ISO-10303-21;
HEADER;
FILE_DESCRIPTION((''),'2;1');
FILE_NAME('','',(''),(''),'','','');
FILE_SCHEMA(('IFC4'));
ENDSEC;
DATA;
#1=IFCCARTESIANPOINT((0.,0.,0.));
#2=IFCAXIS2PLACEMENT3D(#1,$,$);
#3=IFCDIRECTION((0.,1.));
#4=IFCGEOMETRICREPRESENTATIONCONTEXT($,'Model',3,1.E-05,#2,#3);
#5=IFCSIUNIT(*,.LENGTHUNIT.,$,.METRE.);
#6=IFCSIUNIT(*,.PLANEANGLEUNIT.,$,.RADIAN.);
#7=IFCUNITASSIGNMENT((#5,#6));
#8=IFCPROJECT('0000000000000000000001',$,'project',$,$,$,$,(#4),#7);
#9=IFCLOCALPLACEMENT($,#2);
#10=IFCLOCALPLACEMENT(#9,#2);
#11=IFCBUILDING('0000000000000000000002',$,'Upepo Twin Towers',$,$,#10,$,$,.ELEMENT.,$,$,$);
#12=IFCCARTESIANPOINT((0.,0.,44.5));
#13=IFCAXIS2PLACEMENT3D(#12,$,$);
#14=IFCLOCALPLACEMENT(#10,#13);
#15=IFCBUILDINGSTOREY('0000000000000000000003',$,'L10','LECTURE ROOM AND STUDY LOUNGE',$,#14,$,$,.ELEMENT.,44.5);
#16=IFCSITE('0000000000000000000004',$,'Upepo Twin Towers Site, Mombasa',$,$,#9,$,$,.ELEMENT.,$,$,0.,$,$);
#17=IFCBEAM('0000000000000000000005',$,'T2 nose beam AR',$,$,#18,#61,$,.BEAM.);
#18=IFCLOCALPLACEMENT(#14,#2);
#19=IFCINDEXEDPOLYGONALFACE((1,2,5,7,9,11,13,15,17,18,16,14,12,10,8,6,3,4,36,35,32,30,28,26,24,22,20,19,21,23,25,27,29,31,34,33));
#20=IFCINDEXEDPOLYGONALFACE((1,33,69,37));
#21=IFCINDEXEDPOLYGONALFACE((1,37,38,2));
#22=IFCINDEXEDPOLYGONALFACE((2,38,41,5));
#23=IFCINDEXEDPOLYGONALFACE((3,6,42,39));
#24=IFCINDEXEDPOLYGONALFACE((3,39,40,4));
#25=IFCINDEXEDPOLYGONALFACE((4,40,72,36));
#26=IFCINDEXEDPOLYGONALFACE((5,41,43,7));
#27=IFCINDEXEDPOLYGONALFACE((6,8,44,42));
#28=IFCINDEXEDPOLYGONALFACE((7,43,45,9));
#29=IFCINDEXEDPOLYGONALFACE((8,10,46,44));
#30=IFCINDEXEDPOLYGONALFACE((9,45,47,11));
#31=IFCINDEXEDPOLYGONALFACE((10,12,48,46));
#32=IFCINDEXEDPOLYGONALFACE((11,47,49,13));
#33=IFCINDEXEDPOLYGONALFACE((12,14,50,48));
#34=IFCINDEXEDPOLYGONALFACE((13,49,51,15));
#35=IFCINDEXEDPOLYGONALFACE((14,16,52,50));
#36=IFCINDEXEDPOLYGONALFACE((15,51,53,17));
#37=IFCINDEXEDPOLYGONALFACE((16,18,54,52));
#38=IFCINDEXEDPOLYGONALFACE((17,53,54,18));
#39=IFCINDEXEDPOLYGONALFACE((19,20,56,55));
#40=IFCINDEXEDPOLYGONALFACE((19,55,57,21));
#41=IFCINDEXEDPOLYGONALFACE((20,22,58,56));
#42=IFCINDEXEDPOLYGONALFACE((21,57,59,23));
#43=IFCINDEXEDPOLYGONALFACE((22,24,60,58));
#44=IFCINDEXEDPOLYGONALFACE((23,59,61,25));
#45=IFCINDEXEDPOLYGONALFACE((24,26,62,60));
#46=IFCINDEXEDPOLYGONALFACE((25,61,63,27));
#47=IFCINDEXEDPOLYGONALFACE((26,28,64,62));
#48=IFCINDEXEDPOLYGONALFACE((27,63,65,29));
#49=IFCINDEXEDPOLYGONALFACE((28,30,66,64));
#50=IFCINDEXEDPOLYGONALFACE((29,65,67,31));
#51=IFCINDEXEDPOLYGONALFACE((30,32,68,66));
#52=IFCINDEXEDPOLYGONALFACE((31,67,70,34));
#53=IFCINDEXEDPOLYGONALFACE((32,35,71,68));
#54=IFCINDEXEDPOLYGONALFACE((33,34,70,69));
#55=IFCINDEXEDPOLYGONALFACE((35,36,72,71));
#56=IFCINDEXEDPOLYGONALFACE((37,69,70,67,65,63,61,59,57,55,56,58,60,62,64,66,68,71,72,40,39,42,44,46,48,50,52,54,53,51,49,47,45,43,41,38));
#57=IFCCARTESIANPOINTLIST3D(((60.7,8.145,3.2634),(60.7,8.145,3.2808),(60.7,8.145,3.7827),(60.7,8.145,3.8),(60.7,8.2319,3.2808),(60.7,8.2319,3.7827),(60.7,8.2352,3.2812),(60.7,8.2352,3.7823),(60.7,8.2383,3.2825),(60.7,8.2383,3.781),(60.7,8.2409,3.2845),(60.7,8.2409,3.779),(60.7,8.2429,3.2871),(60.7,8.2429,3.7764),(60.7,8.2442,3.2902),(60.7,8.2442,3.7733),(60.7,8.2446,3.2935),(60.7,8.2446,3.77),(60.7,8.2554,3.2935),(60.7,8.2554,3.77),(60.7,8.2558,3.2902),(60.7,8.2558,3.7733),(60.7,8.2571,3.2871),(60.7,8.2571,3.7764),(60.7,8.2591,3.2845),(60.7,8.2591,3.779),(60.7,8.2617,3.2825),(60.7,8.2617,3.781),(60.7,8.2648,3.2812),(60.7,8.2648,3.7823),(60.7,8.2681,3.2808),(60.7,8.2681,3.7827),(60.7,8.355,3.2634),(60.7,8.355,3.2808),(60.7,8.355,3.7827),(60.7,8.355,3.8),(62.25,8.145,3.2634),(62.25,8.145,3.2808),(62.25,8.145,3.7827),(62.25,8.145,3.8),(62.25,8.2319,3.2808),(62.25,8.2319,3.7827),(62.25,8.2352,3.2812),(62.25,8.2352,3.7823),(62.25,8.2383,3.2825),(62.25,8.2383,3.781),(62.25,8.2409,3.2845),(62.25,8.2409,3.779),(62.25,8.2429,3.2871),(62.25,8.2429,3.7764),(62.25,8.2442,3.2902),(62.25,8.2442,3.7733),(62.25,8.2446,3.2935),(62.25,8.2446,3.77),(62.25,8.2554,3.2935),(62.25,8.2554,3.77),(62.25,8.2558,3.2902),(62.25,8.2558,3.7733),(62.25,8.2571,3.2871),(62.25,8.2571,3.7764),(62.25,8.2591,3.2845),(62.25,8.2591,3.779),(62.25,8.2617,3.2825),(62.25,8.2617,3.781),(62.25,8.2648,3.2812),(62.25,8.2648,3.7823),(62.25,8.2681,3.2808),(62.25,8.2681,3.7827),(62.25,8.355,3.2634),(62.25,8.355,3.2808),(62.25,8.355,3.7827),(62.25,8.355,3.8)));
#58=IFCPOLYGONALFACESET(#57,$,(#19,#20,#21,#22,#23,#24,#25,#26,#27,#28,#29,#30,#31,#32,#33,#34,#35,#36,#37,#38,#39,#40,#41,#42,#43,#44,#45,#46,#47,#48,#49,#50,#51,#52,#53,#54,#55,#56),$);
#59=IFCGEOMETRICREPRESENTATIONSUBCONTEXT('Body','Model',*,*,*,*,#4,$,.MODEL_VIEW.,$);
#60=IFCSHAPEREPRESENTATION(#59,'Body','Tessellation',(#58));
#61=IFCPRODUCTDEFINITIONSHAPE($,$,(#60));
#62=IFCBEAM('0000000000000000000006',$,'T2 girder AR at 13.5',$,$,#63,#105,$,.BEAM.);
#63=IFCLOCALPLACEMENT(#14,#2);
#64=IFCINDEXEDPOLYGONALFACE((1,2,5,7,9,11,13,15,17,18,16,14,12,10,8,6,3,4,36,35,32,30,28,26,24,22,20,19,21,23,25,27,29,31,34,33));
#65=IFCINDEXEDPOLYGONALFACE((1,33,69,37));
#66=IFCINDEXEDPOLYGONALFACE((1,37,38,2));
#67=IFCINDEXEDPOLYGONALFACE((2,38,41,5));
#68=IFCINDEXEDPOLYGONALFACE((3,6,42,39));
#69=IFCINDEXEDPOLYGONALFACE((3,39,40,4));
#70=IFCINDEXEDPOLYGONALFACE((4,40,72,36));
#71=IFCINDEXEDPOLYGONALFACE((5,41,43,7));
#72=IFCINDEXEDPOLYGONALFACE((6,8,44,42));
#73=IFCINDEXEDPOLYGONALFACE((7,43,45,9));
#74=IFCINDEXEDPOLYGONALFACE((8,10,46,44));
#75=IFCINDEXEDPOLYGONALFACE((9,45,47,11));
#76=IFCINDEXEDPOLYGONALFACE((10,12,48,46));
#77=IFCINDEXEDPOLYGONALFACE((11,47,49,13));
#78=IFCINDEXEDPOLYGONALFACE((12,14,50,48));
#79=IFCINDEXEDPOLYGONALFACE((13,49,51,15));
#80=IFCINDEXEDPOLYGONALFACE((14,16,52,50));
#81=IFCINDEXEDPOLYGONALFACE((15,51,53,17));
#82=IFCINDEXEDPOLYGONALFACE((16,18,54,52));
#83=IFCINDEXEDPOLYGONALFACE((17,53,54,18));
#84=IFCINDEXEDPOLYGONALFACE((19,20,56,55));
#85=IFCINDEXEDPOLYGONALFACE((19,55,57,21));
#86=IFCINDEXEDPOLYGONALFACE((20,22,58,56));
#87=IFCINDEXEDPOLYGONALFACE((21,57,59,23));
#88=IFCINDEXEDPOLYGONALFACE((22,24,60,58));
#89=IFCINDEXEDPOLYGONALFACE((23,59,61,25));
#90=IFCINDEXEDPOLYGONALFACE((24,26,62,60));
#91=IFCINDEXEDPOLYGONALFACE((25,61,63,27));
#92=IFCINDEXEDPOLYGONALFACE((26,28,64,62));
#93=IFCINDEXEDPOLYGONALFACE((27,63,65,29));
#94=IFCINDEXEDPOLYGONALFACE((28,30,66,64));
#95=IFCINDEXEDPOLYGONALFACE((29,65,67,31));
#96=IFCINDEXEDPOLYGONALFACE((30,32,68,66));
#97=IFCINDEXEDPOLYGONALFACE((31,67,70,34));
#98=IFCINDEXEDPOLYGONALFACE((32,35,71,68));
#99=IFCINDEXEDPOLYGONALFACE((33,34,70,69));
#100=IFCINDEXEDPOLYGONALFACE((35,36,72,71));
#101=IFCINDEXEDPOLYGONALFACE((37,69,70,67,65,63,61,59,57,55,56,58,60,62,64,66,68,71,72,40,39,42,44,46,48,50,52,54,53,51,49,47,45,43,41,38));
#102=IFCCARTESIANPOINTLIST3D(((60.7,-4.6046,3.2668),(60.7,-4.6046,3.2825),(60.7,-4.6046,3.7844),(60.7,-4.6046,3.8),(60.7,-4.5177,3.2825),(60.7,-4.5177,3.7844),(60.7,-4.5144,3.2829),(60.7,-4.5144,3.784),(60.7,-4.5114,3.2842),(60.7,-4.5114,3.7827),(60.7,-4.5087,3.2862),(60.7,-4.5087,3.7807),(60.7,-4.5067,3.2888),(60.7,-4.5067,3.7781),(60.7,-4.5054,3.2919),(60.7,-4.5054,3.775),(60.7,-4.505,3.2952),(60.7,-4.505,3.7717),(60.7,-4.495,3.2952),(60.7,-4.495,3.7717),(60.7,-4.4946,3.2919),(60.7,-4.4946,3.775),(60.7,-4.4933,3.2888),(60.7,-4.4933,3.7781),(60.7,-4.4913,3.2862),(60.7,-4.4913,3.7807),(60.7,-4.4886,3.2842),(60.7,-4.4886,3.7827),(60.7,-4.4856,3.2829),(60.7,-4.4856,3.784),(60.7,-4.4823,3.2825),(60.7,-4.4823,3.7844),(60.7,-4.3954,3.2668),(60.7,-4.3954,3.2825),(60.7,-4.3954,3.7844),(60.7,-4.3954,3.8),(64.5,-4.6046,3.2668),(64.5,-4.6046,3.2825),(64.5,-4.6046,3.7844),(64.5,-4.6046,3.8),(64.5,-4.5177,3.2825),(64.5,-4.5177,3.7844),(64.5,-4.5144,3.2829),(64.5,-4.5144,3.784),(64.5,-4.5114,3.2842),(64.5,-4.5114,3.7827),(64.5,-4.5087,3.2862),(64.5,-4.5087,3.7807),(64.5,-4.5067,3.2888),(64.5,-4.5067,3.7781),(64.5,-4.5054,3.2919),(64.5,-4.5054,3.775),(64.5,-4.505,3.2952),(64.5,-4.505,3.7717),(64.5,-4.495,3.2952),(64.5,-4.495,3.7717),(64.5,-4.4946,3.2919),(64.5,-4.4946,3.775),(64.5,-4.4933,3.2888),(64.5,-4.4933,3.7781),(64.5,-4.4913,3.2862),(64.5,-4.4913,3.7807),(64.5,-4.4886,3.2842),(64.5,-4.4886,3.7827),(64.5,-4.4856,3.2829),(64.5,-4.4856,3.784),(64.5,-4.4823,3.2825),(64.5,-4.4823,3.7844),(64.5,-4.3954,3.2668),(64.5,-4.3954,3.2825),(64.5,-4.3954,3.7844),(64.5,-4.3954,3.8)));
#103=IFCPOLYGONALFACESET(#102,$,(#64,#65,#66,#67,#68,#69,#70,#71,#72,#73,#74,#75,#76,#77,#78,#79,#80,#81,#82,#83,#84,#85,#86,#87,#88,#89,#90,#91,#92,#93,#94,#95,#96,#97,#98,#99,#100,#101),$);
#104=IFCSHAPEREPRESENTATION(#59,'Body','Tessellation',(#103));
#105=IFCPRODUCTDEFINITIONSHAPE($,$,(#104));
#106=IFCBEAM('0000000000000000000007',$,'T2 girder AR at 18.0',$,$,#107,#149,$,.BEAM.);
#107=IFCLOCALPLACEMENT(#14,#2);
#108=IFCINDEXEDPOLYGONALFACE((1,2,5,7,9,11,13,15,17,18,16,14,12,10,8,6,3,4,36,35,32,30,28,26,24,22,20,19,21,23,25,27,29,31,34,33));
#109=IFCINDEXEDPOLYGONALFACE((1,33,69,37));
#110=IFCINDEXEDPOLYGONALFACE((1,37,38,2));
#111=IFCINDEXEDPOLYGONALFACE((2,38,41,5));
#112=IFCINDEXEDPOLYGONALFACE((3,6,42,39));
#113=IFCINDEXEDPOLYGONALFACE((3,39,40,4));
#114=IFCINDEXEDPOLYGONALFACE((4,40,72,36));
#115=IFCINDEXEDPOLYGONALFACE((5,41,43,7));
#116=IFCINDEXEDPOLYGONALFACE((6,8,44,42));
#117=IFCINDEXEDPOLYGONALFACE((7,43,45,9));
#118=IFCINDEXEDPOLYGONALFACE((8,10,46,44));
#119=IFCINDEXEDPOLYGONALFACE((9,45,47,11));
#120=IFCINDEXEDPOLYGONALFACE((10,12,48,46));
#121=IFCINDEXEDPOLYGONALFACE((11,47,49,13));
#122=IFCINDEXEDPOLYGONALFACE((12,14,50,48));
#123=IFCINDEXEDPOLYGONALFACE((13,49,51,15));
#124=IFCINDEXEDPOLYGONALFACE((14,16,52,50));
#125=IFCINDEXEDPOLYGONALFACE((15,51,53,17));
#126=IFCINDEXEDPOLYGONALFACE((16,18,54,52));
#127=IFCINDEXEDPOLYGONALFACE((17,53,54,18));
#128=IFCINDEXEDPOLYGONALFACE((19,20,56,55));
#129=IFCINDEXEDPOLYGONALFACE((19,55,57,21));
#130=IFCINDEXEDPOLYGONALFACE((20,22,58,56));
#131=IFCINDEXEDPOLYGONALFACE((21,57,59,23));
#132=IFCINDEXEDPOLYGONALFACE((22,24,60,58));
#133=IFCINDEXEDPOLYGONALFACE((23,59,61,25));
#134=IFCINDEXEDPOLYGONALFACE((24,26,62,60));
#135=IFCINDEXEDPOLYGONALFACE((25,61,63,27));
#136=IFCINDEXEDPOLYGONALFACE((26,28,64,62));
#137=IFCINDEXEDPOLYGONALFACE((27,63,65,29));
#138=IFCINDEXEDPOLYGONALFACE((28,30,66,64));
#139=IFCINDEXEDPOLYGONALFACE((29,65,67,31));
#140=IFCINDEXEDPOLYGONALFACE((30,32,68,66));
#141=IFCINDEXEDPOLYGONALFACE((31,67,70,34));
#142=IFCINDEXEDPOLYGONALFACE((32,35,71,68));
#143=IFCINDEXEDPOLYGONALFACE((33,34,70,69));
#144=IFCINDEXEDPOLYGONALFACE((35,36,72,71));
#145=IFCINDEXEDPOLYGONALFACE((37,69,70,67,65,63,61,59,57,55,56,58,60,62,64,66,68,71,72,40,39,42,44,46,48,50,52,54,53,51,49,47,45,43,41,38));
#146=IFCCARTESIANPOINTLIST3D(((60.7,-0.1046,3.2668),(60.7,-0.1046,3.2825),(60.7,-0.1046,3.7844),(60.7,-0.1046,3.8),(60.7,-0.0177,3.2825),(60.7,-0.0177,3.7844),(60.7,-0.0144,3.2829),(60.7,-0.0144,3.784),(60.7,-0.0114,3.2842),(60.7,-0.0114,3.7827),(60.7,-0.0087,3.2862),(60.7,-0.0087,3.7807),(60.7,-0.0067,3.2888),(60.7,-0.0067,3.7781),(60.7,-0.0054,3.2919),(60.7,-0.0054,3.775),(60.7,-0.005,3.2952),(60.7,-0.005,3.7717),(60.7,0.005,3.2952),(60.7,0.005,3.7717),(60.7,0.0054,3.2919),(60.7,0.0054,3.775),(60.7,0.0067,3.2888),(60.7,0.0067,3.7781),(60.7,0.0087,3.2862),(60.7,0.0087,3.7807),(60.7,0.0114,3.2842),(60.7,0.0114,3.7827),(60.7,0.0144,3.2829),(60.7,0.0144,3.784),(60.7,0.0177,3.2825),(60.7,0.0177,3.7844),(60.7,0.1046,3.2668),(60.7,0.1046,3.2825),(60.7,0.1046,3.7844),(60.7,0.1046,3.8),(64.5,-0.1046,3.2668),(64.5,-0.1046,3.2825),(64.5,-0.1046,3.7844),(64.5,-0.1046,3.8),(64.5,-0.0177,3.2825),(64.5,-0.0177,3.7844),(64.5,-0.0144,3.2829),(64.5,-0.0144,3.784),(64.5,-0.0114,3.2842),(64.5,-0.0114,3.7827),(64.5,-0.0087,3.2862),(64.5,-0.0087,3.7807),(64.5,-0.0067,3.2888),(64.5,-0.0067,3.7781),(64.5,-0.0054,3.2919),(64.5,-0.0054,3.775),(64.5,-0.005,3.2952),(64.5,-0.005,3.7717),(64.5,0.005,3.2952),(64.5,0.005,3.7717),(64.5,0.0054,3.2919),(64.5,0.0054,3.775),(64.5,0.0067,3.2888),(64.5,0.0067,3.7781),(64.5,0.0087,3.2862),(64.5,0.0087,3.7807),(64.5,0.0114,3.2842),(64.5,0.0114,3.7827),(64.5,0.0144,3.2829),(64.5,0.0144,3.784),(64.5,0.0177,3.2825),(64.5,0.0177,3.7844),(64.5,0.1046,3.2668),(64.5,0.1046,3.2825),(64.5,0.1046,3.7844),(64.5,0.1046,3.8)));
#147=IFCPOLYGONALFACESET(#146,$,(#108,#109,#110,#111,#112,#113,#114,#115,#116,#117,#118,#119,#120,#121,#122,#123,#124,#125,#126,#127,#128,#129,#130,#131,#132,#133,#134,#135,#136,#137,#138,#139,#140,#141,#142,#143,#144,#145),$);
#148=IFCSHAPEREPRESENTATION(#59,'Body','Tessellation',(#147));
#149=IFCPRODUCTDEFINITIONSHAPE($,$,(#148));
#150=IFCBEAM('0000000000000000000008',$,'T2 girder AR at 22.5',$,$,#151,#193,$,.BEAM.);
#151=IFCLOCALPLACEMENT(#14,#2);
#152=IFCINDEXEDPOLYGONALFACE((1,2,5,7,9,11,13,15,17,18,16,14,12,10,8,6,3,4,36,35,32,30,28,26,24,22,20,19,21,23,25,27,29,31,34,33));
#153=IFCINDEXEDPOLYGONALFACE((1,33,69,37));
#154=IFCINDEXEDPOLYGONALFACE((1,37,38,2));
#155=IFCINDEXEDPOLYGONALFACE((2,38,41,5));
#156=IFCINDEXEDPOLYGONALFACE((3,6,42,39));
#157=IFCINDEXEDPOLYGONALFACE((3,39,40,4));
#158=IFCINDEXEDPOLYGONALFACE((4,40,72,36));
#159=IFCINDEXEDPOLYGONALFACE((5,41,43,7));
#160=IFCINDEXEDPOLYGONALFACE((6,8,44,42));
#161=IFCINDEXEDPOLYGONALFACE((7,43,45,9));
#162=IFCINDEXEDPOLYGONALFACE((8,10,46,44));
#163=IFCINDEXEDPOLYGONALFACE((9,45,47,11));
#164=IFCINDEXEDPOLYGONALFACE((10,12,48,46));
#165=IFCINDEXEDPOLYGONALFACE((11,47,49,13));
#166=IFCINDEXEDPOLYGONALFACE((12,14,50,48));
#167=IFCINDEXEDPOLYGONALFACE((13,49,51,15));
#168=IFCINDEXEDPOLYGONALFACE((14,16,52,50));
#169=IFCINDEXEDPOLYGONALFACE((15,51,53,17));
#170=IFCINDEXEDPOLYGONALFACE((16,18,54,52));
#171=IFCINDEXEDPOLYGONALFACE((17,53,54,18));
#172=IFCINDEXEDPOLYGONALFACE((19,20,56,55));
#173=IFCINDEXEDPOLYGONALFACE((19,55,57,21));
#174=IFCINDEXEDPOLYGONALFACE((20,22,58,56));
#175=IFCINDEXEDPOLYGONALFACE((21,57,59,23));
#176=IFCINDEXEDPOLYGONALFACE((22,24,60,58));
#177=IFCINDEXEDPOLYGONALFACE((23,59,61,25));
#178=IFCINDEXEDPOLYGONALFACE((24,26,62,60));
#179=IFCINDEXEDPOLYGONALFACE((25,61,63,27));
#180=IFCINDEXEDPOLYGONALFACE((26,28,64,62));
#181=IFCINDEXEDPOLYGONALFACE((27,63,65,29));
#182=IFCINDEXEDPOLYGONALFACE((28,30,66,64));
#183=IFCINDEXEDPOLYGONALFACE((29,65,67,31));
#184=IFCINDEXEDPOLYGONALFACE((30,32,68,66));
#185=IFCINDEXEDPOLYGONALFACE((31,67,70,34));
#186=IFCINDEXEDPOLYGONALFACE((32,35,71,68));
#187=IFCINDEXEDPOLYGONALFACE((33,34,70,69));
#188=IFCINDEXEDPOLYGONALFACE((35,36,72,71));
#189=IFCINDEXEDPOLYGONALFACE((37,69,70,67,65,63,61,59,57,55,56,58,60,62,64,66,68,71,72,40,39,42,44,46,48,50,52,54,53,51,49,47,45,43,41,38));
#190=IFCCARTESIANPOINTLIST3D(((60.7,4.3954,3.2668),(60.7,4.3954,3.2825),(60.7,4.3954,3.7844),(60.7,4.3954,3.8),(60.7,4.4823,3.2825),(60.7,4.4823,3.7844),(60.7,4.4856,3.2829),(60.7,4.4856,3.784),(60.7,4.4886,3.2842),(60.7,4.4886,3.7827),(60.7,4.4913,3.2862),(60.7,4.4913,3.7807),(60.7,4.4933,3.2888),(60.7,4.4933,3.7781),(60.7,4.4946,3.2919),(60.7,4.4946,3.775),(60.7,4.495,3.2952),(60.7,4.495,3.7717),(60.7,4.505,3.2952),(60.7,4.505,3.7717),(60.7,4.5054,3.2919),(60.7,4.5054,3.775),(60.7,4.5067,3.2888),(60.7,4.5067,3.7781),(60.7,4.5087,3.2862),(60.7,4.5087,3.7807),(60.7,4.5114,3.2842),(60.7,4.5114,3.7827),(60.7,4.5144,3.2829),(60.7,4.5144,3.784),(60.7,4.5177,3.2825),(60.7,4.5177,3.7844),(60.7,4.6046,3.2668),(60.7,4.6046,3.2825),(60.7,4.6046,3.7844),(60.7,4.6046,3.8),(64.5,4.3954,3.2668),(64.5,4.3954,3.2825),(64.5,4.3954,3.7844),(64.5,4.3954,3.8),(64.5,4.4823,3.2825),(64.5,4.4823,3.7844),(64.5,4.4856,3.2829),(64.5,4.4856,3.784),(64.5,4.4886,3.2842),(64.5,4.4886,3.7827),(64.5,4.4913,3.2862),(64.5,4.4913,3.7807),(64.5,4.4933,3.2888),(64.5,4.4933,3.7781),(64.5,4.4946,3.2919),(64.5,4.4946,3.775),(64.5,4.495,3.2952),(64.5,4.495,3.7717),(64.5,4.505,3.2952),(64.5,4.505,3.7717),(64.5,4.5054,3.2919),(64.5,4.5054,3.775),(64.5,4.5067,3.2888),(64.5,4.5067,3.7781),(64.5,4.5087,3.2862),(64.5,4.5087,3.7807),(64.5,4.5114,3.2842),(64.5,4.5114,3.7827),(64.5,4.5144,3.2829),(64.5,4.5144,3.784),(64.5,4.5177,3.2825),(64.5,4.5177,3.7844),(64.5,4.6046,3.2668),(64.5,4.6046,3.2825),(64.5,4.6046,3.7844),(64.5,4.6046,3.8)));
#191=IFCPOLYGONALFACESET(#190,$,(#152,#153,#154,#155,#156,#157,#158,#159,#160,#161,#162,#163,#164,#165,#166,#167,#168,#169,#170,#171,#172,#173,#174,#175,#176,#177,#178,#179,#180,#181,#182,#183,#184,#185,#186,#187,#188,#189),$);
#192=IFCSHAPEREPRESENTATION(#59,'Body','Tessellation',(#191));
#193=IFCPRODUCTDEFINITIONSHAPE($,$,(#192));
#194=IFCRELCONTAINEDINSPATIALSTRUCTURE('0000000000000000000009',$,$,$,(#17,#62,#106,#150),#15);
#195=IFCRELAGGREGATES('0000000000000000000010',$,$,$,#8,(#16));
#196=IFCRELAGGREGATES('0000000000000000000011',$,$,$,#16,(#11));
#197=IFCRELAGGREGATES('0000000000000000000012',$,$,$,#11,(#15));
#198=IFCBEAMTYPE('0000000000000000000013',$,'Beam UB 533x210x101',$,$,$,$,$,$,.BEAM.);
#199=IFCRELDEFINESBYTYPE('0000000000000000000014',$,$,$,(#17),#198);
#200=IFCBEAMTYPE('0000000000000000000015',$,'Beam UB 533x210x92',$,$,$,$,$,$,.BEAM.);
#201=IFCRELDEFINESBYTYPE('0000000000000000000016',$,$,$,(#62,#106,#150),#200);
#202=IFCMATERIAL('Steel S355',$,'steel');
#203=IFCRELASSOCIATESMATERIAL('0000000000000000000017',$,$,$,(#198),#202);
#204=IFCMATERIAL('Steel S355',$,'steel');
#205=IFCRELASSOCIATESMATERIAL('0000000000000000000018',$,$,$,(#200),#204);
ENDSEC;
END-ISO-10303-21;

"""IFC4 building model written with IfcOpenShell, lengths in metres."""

from ifc_helpers import new_model, si_unit, direction, frame, origin, origin_2d, place, context, subcontext, project, spatial, i_section, extrude, material, material_profile, profile_set, type_object, element, save


model = new_model("IFC4")

# Units and contexts
model_context = context("Model", 3, precision=1e-05, world=origin(), true_north=direction((0.0, 1.0)))
body_context = subcontext(model_context, "Body", "Model", "MODEL_VIEW")
ifc_project = project(units=[si_unit("LENGTHUNIT", "METRE"), si_unit("PLANEANGLEUNIT", "RADIAN")], contexts=[model_context])

# Site, building, storey
site_placement = place(None, origin())
site = spatial("IfcSite", under=ifc_project, at=site_placement, Name="Upepo Twin Towers Site, Mombasa", CompositionType="ELEMENT", RefElevation=0.0)
building_placement = place(site_placement, origin())
building = spatial("IfcBuilding", under=site, at=building_placement, Name="Upepo Twin Towers", CompositionType="ELEMENT")
storey_placement = place(building_placement, frame((0.0, 0.0, 44.5)))
storey = spatial("IfcBuildingStorey", under=building, at=storey_placement, Name="L10", Description="LECTURE ROOM AND STUDY LOUNGE", CompositionType="ELEMENT", Elevation=44.5)

# Beams
ifc_material_1 = material(Name="Steel S355", Category="steel")
ifc_material_profile_1 = material_profile(ifc_material_1, i_section(OverallWidth=0.21, OverallDepth=0.5366, WebThickness=0.0107, FlangeThickness=0.0173, FilletRadius=0.0127, at=origin_2d()), Name="UB 533x210x101")
ifc_profile_set_1 = profile_set([ifc_material_profile_1], Name="Steel S355")
beam_type_1 = type_object("IfcBeamType", Name="Beam UB 533x210x101", PredefinedType="BEAM", material=ifc_profile_set_1)
beam_1_placement = place(storey_placement, frame((62.25, 8.25, 3.5317), z_axis=(-1.0, 0.0, 0.0), x_axis=(0.0, -1.0, 0.0)))
element("IfcBeam", 1, at=beam_1_placement, inside=storey, type_object=beam_type_1, Name="T2 nose beam AR", PredefinedType="BEAM", context=body_context, shape_type="SweptSolid", body=[
    extrude(i_section(OverallWidth=0.21, OverallDepth=0.5366, WebThickness=0.0107, FlangeThickness=0.0173, FilletRadius=0.0127, at=origin_2d()), origin(), (0.0, 0.0, 1.0), 1.55),
])
ifc_material_2 = material(Name="Steel S355", Category="steel")
ifc_material_profile_2 = material_profile(ifc_material_2, i_section(OverallWidth=0.2092, OverallDepth=0.5332, WebThickness=0.01, FlangeThickness=0.0156, FilletRadius=0.0127, at=origin_2d()), Name="UB 533x210x92")
ifc_profile_set_2 = profile_set([ifc_material_profile_2], Name="Steel S355")
beam_type_2 = type_object("IfcBeamType", Name="Beam UB 533x210x92", PredefinedType="BEAM", material=ifc_profile_set_2)
for number, where, z_axis, x_axis, name in (
    (2, (64.5, -4.5, 3.5334), (-1.0, 0.0, 0.0), (0.0, -1.0, 0.0), "T2 girder AR at 13.5"),
    (3, (64.5, 0.0, 3.5334), (-1.0, 0.0, 0.0), (0.0, -1.0, 0.0), "T2 girder AR at 18.0"),
    (4, (64.5, 4.5, 3.5334), (-1.0, 0.0, 0.0), (0.0, -1.0, 0.0), "T2 girder AR at 22.5"),
):
    element("IfcBeam", number, at=place(storey_placement, frame(where, z_axis=z_axis, x_axis=x_axis)), inside=storey, type_object=beam_type_2, Name=name, PredefinedType="BEAM", context=body_context, shape_type="SweptSolid", body=[
        extrude(i_section(OverallWidth=0.2092, OverallDepth=0.5332, WebThickness=0.01, FlangeThickness=0.0156, FilletRadius=0.0127, at=origin_2d()), origin(), (0.0, 0.0, 1.0), 3.8),
    ])

save(model, "model.ifc")
